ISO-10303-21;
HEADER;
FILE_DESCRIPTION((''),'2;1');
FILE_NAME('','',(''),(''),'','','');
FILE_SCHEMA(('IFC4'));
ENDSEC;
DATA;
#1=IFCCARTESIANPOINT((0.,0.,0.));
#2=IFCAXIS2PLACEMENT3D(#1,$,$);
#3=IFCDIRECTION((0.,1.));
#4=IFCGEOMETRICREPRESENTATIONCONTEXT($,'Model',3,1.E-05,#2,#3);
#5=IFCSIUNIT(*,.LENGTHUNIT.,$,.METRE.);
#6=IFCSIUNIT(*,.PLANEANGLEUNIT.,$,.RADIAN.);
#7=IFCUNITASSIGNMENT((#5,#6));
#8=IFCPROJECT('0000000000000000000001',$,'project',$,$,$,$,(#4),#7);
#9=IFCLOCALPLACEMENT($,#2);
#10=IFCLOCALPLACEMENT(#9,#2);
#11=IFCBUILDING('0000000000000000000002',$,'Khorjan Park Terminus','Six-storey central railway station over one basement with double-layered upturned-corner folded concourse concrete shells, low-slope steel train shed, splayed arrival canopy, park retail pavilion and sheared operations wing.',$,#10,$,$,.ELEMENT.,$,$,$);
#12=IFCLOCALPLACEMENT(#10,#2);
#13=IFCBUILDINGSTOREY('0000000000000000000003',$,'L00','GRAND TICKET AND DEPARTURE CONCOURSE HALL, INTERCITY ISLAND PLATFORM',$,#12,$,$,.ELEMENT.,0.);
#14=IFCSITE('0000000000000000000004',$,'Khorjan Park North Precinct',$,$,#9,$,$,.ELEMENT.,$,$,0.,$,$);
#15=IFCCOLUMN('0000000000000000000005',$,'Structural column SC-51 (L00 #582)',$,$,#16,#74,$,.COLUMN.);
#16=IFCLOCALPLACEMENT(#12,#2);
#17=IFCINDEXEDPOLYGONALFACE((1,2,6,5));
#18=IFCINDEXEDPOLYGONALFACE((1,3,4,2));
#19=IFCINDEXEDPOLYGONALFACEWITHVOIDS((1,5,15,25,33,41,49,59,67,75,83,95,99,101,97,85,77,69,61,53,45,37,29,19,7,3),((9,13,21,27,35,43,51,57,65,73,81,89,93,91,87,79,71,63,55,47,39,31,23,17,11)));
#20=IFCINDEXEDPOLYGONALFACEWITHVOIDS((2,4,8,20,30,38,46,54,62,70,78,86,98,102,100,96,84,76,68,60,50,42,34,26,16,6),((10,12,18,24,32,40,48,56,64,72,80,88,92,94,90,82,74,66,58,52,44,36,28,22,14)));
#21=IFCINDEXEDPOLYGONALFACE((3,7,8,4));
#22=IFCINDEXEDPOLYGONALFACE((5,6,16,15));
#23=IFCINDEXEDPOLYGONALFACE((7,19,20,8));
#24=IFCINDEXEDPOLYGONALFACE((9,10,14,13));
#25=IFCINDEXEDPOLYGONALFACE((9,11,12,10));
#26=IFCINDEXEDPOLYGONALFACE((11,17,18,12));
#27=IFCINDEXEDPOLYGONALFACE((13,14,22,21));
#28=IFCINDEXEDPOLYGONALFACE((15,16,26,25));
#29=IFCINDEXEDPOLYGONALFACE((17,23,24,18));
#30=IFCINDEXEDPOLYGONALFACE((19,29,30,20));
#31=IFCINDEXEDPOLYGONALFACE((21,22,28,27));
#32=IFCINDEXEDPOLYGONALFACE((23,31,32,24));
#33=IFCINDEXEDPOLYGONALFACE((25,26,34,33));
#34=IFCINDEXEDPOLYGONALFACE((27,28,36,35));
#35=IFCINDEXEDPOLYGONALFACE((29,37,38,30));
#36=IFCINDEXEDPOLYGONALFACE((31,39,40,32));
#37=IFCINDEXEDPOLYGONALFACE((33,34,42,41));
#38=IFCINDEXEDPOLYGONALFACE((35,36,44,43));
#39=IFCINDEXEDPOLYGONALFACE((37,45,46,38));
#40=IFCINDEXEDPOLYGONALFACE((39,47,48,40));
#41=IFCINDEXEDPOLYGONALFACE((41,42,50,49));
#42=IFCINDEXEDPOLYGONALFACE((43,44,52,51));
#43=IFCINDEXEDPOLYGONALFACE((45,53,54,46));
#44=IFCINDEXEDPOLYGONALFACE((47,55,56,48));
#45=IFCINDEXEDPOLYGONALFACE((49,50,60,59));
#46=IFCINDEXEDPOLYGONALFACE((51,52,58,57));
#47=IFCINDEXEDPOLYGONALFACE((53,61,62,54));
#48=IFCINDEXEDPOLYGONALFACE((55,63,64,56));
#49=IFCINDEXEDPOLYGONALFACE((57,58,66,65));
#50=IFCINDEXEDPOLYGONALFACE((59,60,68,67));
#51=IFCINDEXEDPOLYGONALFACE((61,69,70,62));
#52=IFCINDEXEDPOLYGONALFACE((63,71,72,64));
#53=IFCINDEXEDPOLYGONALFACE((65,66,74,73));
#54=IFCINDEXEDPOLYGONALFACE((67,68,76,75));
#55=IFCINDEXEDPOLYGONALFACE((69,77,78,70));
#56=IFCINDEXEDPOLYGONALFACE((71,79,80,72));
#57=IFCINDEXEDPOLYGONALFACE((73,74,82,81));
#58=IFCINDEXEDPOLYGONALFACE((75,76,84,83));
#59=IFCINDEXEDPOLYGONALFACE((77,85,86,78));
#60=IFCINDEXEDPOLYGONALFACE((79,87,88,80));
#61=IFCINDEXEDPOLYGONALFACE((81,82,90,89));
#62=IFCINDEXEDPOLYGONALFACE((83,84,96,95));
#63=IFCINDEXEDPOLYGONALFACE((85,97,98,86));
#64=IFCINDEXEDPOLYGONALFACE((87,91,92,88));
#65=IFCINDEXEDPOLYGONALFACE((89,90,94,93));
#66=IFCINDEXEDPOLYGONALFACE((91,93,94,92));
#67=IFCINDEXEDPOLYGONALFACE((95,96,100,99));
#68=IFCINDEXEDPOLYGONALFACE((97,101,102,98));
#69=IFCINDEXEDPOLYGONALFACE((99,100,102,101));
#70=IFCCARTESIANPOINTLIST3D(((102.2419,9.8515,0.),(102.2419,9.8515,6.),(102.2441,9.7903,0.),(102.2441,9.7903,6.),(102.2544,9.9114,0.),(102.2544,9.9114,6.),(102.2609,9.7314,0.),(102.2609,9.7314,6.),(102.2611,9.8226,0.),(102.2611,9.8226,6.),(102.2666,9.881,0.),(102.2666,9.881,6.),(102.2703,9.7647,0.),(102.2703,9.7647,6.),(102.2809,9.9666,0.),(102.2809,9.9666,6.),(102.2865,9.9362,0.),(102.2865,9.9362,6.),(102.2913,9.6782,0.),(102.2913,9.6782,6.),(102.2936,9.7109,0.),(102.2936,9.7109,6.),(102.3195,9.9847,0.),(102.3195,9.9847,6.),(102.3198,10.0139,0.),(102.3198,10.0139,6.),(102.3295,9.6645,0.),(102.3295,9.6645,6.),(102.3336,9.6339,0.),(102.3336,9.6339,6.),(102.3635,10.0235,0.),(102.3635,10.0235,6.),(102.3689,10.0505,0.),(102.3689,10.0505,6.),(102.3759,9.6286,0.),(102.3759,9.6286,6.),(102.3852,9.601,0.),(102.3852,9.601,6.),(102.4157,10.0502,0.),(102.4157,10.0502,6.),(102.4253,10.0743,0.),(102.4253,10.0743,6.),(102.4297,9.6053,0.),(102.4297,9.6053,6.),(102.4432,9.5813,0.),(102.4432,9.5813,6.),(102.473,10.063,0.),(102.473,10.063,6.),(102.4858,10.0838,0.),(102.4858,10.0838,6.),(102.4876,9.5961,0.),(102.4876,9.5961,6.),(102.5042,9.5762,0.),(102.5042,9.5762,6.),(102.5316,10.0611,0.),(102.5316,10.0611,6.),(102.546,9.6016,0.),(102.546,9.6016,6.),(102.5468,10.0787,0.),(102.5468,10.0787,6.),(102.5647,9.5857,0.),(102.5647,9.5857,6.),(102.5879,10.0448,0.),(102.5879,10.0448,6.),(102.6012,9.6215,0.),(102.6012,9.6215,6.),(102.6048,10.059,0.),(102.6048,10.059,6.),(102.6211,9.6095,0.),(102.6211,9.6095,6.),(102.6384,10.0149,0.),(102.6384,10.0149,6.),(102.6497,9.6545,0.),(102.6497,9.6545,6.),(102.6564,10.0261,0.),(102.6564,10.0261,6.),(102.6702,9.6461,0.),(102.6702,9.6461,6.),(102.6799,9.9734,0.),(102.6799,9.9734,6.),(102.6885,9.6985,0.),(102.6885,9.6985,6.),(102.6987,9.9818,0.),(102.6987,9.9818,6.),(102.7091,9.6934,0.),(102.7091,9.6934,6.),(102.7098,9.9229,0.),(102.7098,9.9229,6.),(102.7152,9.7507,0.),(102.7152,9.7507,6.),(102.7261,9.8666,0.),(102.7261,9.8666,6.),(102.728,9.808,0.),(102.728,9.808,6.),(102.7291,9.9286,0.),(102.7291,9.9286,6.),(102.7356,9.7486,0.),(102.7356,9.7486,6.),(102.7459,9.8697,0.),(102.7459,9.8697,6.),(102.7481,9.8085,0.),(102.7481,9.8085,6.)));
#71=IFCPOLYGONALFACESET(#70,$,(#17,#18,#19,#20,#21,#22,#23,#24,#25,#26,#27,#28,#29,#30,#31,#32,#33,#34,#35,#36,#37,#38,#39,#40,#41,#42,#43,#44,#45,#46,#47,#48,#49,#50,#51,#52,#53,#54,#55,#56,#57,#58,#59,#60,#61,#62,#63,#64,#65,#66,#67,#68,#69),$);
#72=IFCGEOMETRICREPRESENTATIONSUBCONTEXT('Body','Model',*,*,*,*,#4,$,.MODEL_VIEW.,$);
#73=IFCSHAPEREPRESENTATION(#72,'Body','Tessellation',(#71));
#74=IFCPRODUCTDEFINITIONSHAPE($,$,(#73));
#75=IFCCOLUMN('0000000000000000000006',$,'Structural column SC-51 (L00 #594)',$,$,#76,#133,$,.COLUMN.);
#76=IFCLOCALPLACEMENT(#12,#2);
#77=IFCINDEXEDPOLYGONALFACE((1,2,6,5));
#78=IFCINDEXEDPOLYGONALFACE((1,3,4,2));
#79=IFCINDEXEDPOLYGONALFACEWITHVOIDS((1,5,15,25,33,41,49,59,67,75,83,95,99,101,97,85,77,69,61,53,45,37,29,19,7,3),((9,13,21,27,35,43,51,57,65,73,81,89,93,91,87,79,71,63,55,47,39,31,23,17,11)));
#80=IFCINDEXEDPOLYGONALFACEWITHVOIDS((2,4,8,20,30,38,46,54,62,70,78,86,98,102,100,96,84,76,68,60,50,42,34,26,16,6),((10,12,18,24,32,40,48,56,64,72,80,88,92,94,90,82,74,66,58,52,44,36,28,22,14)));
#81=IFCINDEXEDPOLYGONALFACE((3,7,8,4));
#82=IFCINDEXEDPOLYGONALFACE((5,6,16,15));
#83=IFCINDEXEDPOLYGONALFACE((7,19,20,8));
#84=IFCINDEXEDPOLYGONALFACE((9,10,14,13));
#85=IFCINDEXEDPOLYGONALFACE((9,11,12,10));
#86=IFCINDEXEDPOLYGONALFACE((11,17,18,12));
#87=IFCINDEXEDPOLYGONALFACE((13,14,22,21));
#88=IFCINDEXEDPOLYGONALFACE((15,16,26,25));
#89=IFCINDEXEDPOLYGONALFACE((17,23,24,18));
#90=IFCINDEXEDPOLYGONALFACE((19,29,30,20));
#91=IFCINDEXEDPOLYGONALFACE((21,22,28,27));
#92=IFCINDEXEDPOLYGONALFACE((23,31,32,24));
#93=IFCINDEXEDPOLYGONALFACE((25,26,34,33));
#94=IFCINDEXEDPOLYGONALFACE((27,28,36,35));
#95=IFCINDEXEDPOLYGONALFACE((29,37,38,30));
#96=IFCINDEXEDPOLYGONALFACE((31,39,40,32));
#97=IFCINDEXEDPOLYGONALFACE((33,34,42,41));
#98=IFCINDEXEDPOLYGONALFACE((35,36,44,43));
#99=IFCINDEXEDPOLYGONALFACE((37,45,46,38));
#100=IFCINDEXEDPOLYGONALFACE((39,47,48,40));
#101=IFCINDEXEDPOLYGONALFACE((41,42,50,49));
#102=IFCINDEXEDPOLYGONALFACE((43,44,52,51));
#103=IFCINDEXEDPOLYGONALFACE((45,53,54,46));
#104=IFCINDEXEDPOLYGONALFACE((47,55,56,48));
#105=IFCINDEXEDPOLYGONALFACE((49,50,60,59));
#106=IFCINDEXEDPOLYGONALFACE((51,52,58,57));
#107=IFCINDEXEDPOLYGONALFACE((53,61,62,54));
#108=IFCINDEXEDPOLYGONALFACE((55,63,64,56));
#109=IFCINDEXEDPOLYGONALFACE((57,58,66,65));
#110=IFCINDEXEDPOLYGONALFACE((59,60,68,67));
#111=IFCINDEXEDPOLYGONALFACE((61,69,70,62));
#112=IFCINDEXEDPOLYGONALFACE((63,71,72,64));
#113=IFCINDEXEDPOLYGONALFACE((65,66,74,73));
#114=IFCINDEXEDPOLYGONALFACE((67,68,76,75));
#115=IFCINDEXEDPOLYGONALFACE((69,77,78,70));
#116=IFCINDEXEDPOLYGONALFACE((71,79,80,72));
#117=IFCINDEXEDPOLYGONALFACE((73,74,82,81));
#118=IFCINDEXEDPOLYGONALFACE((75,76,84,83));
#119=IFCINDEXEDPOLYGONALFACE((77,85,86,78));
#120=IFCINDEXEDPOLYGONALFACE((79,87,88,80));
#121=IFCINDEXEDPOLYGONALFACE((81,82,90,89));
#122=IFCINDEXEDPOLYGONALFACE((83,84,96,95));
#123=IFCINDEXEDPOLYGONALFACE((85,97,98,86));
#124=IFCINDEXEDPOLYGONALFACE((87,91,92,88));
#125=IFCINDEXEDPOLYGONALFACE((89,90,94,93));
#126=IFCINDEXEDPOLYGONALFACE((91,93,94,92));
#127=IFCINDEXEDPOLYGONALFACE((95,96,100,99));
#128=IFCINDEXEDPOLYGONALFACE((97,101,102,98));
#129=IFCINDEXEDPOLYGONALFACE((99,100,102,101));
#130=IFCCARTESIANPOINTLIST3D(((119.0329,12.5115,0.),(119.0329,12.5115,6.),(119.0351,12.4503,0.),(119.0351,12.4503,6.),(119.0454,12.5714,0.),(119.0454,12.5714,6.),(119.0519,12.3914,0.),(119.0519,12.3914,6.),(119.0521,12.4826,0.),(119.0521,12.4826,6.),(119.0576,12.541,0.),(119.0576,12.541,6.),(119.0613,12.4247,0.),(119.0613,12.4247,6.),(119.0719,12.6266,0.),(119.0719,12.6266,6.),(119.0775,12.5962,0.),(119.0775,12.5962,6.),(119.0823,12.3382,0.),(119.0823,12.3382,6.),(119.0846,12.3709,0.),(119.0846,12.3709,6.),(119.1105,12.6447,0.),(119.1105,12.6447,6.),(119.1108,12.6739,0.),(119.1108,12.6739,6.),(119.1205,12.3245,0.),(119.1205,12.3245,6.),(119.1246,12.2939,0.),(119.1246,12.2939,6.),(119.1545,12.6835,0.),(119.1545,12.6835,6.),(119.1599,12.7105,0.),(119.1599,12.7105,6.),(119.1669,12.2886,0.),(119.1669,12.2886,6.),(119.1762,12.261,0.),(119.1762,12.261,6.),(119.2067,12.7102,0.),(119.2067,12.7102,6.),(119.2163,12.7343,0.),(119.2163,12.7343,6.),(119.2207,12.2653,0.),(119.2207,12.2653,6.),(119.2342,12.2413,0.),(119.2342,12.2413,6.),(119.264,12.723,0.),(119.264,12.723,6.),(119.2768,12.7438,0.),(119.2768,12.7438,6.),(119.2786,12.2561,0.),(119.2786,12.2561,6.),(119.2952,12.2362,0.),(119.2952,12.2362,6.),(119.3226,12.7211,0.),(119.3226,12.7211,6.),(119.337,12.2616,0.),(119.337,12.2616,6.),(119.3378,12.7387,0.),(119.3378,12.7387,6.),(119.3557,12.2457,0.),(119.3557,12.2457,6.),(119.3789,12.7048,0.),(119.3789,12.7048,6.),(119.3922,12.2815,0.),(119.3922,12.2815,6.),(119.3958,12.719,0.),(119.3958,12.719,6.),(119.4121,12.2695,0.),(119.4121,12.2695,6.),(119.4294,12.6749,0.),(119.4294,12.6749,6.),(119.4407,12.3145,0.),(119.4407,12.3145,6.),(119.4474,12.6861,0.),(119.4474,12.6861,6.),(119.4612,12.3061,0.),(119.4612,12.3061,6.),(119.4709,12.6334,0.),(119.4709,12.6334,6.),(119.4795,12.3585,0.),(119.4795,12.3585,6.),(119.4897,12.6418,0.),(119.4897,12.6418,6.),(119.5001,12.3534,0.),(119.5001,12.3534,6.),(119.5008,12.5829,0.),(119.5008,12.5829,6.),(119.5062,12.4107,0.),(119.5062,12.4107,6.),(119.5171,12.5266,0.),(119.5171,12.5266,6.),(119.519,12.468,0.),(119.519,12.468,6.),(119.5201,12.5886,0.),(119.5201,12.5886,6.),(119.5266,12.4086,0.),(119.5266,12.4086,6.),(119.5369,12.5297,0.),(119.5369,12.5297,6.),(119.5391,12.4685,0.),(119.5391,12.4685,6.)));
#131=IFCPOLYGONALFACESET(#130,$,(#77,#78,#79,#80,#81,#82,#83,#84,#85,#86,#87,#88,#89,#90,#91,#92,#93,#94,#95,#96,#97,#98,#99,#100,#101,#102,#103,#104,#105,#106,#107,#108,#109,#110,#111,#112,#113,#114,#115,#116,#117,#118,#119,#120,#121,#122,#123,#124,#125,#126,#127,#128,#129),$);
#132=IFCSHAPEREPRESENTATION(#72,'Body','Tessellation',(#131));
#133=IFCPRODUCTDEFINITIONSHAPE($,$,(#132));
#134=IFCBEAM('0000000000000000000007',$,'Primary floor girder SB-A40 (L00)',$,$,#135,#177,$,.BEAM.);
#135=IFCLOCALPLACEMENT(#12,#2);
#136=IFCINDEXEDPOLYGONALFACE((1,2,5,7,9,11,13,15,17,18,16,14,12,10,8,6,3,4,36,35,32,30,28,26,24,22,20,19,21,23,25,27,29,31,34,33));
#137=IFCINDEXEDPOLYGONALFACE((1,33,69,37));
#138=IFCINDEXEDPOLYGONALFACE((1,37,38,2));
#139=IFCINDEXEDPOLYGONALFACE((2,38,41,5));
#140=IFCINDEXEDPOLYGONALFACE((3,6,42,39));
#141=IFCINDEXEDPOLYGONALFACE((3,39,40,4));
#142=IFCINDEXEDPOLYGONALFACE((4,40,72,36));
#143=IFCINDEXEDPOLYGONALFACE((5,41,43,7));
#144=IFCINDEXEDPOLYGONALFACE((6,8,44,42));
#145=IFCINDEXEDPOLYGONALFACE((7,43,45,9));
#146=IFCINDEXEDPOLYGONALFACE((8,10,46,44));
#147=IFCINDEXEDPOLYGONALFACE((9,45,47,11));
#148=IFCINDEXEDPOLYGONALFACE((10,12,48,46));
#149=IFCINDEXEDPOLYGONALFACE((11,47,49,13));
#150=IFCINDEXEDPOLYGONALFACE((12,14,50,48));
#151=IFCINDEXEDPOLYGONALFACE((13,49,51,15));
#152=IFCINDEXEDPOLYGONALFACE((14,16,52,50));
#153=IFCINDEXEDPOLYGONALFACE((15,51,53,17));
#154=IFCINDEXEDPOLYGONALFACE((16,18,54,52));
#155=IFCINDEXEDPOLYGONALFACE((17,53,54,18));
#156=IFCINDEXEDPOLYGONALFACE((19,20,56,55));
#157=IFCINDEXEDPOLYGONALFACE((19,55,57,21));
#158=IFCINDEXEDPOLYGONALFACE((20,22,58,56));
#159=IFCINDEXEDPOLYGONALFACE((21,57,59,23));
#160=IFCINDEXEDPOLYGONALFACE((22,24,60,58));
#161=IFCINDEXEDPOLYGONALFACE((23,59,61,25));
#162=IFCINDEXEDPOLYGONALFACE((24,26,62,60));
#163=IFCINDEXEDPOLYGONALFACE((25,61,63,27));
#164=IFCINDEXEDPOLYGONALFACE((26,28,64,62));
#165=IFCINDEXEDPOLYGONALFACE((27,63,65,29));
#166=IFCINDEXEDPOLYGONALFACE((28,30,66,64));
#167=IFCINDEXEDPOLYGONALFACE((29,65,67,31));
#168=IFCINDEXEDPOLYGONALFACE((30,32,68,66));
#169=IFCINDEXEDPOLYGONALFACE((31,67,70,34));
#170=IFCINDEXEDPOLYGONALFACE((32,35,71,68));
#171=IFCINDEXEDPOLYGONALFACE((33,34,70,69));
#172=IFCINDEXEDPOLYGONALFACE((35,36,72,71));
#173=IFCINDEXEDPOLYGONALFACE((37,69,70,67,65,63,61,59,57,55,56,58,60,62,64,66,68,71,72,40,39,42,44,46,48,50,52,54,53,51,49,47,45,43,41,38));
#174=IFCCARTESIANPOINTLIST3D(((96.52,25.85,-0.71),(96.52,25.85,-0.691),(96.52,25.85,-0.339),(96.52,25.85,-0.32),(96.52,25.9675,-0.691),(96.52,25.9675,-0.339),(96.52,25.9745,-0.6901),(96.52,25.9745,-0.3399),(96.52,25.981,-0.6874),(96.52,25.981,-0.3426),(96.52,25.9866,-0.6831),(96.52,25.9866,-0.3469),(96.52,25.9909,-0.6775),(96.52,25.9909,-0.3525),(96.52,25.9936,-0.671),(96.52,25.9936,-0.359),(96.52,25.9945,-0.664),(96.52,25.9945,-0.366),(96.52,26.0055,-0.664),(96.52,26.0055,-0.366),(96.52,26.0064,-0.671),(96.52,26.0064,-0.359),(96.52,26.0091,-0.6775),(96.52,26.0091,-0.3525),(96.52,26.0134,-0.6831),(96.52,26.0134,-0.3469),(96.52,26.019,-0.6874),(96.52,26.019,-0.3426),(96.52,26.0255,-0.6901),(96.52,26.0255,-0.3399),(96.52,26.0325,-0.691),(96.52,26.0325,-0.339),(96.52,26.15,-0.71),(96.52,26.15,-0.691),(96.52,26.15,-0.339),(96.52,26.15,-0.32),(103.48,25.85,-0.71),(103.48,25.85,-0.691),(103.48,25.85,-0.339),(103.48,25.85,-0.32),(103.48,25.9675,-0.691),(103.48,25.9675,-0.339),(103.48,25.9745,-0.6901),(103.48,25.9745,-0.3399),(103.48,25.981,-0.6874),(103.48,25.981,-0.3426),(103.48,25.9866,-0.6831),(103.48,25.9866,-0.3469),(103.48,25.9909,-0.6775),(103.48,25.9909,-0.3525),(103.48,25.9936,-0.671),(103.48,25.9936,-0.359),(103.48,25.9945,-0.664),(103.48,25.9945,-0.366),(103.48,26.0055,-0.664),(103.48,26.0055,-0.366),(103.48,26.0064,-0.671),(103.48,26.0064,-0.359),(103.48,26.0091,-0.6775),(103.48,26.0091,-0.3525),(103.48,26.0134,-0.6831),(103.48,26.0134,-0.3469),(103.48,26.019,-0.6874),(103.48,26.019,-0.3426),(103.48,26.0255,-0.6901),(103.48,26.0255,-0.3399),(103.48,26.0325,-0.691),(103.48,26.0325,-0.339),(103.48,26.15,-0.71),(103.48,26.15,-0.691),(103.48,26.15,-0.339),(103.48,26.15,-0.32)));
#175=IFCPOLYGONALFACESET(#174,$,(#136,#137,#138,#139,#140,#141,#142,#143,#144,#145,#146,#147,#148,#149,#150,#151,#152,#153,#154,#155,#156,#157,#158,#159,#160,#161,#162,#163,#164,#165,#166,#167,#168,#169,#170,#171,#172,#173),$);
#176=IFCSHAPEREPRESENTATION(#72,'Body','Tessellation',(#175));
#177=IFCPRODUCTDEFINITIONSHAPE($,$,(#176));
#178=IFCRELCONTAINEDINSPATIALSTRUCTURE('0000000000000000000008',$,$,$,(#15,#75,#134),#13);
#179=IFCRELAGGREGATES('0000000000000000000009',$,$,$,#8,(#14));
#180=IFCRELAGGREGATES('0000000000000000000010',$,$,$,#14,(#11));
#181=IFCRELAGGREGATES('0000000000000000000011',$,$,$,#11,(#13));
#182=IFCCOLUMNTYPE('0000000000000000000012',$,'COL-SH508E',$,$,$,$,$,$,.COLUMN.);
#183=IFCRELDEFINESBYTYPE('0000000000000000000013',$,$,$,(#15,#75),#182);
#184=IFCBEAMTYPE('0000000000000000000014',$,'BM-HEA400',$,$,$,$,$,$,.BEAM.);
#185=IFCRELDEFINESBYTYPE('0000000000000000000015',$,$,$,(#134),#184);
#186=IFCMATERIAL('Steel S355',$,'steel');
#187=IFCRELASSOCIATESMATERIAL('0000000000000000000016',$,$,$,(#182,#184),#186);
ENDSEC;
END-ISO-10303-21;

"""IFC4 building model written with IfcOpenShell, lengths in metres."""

from ifc_helpers import new_model, si_unit, direction, frame, origin, origin_2d, place, context, subcontext, project, spatial, hollow_circle, i_section, extrude, material, material_profile, profile_set, type_object, element, save


model = new_model("IFC4")

# Units and contexts
model_context = context("Model", 3, precision=1e-05, world=origin(), true_north=direction((0.0, 1.0)))
body_context = subcontext(model_context, "Body", "Model", "MODEL_VIEW")
ifc_project = project(units=[si_unit("LENGTHUNIT", "METRE"), si_unit("PLANEANGLEUNIT", "RADIAN")], contexts=[model_context])

# Site, building, storey
site_placement = place(None, origin())
site = spatial("IfcSite", under=ifc_project, at=site_placement, Name="Khorjan Park North Precinct", CompositionType="ELEMENT", RefElevation=0.0)
building_placement = place(site_placement, origin())
building = spatial("IfcBuilding", under=site, at=building_placement, Name="Khorjan Park Terminus", Description="Six-storey central railway station over one basement with double-layered upturned-corner folded concourse concrete shells, low-slope steel train shed, splayed arrival canopy, park retail pavilion and sheared operations wing.", CompositionType="ELEMENT")
storey_placement = place(building_placement, origin())
storey = spatial("IfcBuildingStorey", under=building, at=storey_placement, Name="L00", Description="GRAND TICKET AND DEPARTURE CONCOURSE HALL, INTERCITY ISLAND PLATFORM", CompositionType="ELEMENT", Elevation=0.0)

# Columns
ifc_material_1 = material(Name="Steel S355", Category="steel")
ifc_material_profile_1 = material_profile(ifc_material_1, hollow_circle(Radius=0.254, WallThickness=0.02, at=origin_2d()), Name="CHS 508x20")
ifc_profile_set_1 = profile_set([ifc_material_profile_1], Name="Steel S355")
column_type_1 = type_object("IfcColumnType", Name="COL-SH508E", PredefinedType="COLUMN", material=ifc_profile_set_1)
for number, where, z_axis, x_axis, name in (
    (1, (102.495, 9.83, 0.0), (0.0, 0.0, 1.0), (0.987688, 0.156434, 0.0), "Structural column SC-51 (L00 #582)"),
    (2, (119.286, 12.49, 0.0), (0.0, 0.0, 1.0), (0.987688, 0.156434, 0.0), "Structural column SC-51 (L00 #594)"),
):
    element("IfcColumn", number, at=place(storey_placement, frame(where, z_axis=z_axis, x_axis=x_axis)), inside=storey, type_object=column_type_1, Name=name, PredefinedType="COLUMN", context=body_context, shape_type="SweptSolid", body=[
        extrude(hollow_circle(Radius=0.254, WallThickness=0.02, at=origin_2d()), origin(), (0.0, 0.0, 1.0), 6.0),
    ])

# Beam
ifc_material_profile_2 = material_profile(ifc_material_1, i_section(OverallWidth=0.3, OverallDepth=0.39, WebThickness=0.011, FlangeThickness=0.019, FilletRadius=0.027, at=origin_2d()), Name="HEA 400")
ifc_profile_set_2 = profile_set([ifc_material_profile_2], Name="Steel S355")
beam_type_1 = type_object("IfcBeamType", Name="BM-HEA400", PredefinedType="BEAM", material=ifc_profile_set_2)
beam_1_placement = place(storey_placement, frame((96.52, 26.0, -0.515), z_axis=(1.0, 0.0, 0.0), x_axis=(0.0, 1.0, 0.0)))
element("IfcBeam", 3, at=beam_1_placement, inside=storey, type_object=beam_type_1, Name="Primary floor girder SB-A40 (L00)", PredefinedType="BEAM", context=body_context, shape_type="SweptSolid", body=[
    extrude(i_section(OverallWidth=0.3, OverallDepth=0.39, WebThickness=0.011, FlangeThickness=0.019, FilletRadius=0.027, at=origin_2d()), origin(), (0.0, 0.0, 1.0), 6.96),
])

save(model, "model.ifc")
